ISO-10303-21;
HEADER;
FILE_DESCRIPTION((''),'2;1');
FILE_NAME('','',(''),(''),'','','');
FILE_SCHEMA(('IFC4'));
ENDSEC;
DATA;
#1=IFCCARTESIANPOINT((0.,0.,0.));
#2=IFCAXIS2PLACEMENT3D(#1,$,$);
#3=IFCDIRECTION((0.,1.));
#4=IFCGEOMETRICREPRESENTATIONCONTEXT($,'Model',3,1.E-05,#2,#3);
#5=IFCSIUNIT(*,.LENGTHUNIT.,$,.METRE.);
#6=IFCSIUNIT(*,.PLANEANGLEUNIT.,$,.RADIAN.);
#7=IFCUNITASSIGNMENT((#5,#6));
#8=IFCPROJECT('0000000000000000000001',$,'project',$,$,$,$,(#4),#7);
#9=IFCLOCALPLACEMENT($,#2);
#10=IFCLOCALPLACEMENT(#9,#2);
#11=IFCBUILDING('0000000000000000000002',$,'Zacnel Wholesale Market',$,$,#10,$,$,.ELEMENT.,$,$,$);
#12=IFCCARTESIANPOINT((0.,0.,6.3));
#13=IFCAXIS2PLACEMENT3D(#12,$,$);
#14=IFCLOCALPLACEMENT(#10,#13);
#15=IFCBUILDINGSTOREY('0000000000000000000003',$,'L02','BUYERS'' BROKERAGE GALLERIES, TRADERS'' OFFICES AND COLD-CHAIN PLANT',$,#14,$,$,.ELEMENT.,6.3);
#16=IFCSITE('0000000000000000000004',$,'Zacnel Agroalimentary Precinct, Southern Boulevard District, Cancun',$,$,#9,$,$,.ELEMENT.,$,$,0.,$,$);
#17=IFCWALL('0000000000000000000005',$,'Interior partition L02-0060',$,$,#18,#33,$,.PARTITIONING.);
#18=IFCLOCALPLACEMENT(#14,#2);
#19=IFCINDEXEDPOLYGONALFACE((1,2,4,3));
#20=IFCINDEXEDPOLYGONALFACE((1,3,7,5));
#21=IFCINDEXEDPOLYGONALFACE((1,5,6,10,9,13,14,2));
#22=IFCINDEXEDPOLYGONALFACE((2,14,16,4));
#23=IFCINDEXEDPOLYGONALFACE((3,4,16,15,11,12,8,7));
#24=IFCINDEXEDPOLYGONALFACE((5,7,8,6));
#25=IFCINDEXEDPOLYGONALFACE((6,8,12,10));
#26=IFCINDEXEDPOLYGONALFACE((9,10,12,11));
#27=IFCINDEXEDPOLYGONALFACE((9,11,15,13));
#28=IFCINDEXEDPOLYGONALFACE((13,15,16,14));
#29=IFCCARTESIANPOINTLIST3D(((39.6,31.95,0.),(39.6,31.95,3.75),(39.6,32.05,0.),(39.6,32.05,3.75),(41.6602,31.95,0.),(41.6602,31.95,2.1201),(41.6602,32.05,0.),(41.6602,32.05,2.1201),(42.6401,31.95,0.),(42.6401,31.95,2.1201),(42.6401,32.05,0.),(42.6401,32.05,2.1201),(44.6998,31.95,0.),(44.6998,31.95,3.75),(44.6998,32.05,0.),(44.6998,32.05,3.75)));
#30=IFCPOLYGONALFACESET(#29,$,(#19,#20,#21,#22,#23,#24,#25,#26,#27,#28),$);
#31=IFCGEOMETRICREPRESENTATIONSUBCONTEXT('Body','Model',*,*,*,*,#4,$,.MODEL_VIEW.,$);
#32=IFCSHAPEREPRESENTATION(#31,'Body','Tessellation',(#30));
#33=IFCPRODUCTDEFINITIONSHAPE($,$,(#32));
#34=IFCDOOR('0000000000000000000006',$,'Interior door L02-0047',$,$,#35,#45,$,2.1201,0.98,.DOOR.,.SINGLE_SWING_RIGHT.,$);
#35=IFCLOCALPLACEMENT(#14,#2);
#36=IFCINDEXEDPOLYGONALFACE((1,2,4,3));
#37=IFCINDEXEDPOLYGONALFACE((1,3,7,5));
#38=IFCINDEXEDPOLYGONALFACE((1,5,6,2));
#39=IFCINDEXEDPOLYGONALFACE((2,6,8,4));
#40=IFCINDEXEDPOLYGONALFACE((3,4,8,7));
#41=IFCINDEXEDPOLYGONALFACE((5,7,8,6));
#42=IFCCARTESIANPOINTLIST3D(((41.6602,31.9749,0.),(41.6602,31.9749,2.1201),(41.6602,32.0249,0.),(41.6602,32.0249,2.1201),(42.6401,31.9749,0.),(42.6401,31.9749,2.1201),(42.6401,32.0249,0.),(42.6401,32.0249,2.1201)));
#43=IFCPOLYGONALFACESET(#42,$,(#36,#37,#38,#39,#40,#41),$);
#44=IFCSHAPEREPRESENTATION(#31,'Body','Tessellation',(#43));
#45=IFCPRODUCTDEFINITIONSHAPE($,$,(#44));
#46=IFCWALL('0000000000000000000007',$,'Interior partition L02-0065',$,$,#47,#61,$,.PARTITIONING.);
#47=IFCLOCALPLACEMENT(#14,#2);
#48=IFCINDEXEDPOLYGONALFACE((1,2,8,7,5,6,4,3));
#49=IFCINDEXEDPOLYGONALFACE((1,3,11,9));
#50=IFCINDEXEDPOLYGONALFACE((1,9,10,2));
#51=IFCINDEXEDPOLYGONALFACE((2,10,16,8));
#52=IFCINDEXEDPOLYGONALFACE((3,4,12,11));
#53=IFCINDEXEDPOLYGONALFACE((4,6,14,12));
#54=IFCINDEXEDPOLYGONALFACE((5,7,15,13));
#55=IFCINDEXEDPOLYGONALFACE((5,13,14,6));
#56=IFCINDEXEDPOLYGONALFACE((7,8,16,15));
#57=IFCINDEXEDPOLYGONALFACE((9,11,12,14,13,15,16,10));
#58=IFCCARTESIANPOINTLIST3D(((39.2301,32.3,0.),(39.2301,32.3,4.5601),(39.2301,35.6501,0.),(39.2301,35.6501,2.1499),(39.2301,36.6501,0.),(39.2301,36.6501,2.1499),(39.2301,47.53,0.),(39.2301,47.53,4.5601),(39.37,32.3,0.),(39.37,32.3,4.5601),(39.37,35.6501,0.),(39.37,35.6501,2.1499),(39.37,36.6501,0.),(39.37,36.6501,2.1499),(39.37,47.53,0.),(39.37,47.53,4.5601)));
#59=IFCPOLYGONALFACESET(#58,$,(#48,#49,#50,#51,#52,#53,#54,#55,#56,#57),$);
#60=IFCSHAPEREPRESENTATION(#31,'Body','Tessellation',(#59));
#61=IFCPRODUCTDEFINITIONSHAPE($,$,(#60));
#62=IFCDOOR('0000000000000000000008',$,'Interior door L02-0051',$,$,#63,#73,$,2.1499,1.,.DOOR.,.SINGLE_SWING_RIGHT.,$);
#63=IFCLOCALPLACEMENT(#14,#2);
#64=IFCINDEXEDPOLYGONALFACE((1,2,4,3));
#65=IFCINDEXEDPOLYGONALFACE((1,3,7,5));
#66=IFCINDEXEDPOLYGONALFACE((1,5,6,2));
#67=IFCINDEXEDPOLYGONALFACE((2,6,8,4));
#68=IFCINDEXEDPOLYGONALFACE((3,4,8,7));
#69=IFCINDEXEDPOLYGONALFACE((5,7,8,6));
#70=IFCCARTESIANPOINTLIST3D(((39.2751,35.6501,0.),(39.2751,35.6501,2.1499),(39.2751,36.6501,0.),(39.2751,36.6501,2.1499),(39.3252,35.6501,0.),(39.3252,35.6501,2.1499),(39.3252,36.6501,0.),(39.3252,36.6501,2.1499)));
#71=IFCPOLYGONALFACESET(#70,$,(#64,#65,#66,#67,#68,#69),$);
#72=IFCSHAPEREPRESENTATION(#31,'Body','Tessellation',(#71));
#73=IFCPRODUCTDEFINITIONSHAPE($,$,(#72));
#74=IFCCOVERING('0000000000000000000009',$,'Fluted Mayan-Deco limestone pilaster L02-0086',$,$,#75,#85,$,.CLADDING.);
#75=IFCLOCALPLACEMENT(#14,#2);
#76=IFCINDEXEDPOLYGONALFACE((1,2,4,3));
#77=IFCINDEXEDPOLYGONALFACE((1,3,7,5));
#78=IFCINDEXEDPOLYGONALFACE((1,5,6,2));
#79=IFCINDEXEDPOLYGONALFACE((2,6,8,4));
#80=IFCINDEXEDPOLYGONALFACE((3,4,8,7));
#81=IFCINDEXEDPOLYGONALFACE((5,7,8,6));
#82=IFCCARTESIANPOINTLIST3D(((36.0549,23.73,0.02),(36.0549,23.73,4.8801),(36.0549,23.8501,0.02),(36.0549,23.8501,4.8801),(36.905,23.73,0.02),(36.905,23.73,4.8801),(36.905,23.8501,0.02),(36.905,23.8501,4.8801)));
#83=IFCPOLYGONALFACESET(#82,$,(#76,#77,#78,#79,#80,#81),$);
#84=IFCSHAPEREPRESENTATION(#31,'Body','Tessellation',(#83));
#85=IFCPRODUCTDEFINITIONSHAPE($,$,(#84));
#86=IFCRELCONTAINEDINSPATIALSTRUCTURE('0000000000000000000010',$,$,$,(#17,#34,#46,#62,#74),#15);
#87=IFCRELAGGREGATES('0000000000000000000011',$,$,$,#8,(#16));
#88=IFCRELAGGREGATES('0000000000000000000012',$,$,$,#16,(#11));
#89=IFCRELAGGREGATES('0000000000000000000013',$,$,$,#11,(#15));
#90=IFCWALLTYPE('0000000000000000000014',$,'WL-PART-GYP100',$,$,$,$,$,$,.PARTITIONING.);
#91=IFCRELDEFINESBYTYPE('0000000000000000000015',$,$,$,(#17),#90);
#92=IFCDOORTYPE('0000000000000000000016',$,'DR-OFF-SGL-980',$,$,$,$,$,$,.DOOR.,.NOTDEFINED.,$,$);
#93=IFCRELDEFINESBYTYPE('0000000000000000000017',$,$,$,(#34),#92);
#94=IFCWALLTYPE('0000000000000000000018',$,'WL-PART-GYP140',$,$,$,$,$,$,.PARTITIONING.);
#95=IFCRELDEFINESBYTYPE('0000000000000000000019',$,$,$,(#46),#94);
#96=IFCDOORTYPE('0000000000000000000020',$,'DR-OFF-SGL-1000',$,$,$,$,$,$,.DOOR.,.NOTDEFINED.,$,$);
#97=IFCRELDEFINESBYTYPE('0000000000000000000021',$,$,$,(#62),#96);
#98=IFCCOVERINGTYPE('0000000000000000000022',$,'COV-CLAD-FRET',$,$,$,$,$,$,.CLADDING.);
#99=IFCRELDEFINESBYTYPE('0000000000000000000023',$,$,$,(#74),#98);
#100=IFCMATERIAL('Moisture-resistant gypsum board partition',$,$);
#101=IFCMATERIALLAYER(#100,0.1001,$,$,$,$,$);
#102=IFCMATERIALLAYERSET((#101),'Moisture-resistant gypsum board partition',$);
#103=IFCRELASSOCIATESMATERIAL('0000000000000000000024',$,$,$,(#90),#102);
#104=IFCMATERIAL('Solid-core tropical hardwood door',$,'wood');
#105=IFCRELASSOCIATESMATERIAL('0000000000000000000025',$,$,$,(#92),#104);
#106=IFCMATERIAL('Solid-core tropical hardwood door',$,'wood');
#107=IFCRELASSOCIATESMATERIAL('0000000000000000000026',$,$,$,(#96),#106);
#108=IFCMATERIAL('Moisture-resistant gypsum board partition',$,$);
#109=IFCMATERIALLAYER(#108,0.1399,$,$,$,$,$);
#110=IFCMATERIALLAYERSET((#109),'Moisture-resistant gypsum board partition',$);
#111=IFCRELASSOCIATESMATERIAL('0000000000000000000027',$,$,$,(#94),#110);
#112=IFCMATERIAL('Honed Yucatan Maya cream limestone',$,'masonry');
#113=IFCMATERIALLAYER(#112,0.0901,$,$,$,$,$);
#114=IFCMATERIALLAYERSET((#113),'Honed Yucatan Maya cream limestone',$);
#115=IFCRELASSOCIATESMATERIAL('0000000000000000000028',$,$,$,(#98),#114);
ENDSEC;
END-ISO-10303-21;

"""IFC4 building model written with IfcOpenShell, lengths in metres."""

from ifc_helpers import new_model, si_unit, direction, frame, frame_2d, origin, origin_2d, place, context, subcontext, project, spatial, rectangle, extrude, material, layer, layer_set, type_object, element, fill, save


model = new_model("IFC4")

# Units and contexts
model_context = context("Model", 3, precision=1e-05, world=origin(), true_north=direction((0.0, 1.0)))
body_context = subcontext(model_context, "Body", "Model", "MODEL_VIEW")
ifc_project = project(units=[si_unit("LENGTHUNIT", "METRE"), si_unit("PLANEANGLEUNIT", "RADIAN")], contexts=[model_context])

# Site, building, storey
site_placement = place(None, origin())
site = spatial("IfcSite", under=ifc_project, at=site_placement, Name="Zacnel Agroalimentary Precinct, Southern Boulevard District, Cancun", CompositionType="ELEMENT", RefElevation=0.0)
building_placement = place(site_placement, origin())
building = spatial("IfcBuilding", under=site, at=building_placement, Name="Zacnel Wholesale Market", CompositionType="ELEMENT")
storey_placement = place(building_placement, frame((0.0, 0.0, 6.3)))
storey = spatial("IfcBuildingStorey", under=building, at=storey_placement, Name="L02", Description="BUYERS' BROKERAGE GALLERIES, TRADERS' OFFICES AND COLD-CHAIN PLANT", CompositionType="ELEMENT", Elevation=6.3)

# Walls, openings, doors
ifc_material_1 = material(Name="Moisture-resistant gypsum board partition")
ifc_layer_1 = layer(ifc_material_1, 0.1001)
ifc_layer_set_1 = layer_set([ifc_layer_1], Name="Moisture-resistant gypsum board partition")
wall_type_1 = type_object("IfcWallType", Name="WL-PART-GYP100", PredefinedType="PARTITIONING", material=ifc_layer_set_1)
wall_1_placement = place(storey_placement, frame((39.6001, 32.0, 0.0), z_axis=(0.0, 0.0, 1.0), x_axis=(1.0, 0.0, 0.0)))
wall_1 = element("IfcWall", 1, at=wall_1_placement, inside=storey, type_object=wall_type_1, Name="Interior partition L02-0060", PredefinedType="PARTITIONING", context=body_context, shape_type="SweptSolid", body=[
    extrude(rectangle(XDim=5.0999, YDim=0.1001, at=frame_2d((2.5498, 0.0))), origin(), (0.0, 0.0, 1.0), 3.75),
])
opening_1_placement = place(wall_1_placement, frame((2.0601, 0.0, 0.0)))
opening_1 = element("IfcOpeningElement", 2, at=opening_1_placement, cuts=wall_1, PredefinedType="OPENING", context=body_context, shape_type="SweptSolid", body=[
    extrude(rectangle(XDim=0.98, YDim=2.1201, at=frame_2d((0.49, 1.0601))), frame((0.0, 0.0601, 0.0), z_axis=(0.0, -1.0, 0.0), x_axis=(1.0, 0.0, 0.0)), (0.0, 0.0, 1.0), 0.1201),
])
ifc_material_2 = material(Name="Solid-core tropical hardwood door", Category="wood")
door_type_1 = type_object("IfcDoorType", Name="DR-OFF-SGL-980", OperationType="NOTDEFINED", PredefinedType="DOOR", material=ifc_material_2)
door_1_placement = place(opening_1_placement, origin())
door_1 = element("IfcDoor", 3, at=door_1_placement, inside=storey, type_object=door_type_1, Name="Interior door L02-0047", OperationType="SINGLE_SWING_RIGHT", OverallHeight=2.1201, OverallWidth=0.98, PredefinedType="DOOR", context=body_context, shape_type="SweptSolid", body=[
    extrude(rectangle(XDim=0.98, YDim=2.1201, at=frame_2d((0.49, 1.0601))), frame((0.0, 0.0249, 0.0), z_axis=(0.0, -1.0, 0.0), x_axis=(1.0, 0.0, 0.0)), (0.0, 0.0, 1.0), 0.05),
])
fill(opening_1, door_1)
ifc_material_3 = material(Name="Solid-core tropical hardwood door", Category="wood")
door_type_2 = type_object("IfcDoorType", Name="DR-OFF-SGL-1000", OperationType="NOTDEFINED", PredefinedType="DOOR", material=ifc_material_3)
ifc_material_4 = material(Name="Moisture-resistant gypsum board partition")
ifc_layer_2 = layer(ifc_material_4, 0.1399)
ifc_layer_set_2 = layer_set([ifc_layer_2], Name="Moisture-resistant gypsum board partition")
wall_type_2 = type_object("IfcWallType", Name="WL-PART-GYP140", PredefinedType="PARTITIONING", material=ifc_layer_set_2)
wall_2_placement = place(storey_placement, frame((39.3, 32.3, 0.0), z_axis=(0.0, 0.0, 1.0), x_axis=(0.0, 1.0, 0.0)))
wall_2 = element("IfcWall", 4, at=wall_2_placement, inside=storey, type_object=wall_type_2, Name="Interior partition L02-0065", PredefinedType="PARTITIONING", context=body_context, shape_type="SweptSolid", body=[
    extrude(rectangle(XDim=15.23, YDim=0.1399, at=frame_2d((7.615, 0.0))), origin(), (0.0, 0.0, 1.0), 4.5601),
])
opening_2_placement = place(wall_2_placement, frame((3.3501, 0.0, 0.0)))
opening_2 = element("IfcOpeningElement", 5, at=opening_2_placement, cuts=wall_2, PredefinedType="OPENING", context=body_context, shape_type="SweptSolid", body=[
    extrude(rectangle(XDim=1.0, YDim=2.1499, at=frame_2d((0.5, 1.075))), frame((0.0, 0.0798, 0.0), z_axis=(0.0, -1.0, 0.0), x_axis=(1.0, 0.0, 0.0)), (0.0, 0.0, 1.0), 0.1599),
])
door_2_placement = place(opening_2_placement, origin())
door_2 = element("IfcDoor", 6, at=door_2_placement, inside=storey, type_object=door_type_2, Name="Interior door L02-0051", OperationType="SINGLE_SWING_RIGHT", OverallHeight=2.1499, OverallWidth=1.0, PredefinedType="DOOR", context=body_context, shape_type="SweptSolid", body=[
    extrude(rectangle(XDim=1.0, YDim=2.1499, at=frame_2d((0.5, 1.075))), frame((0.0, 0.0249, 0.0), z_axis=(0.0, -1.0, 0.0), x_axis=(1.0, 0.0, 0.0)), (0.0, 0.0, 1.0), 0.05),
])
fill(opening_2, door_2)

# Covering
ifc_material_5 = material(Name="Honed Yucatan Maya cream limestone", Category="masonry")
ifc_layer_3 = layer(ifc_material_5, 0.0901)
ifc_layer_set_3 = layer_set([ifc_layer_3], Name="Honed Yucatan Maya cream limestone")
covering_type = type_object("IfcCoveringType", Name="COV-CLAD-FRET", PredefinedType="CLADDING", material=ifc_layer_set_3)
covering_placement = place(storey_placement, frame((36.48, 23.79, 0.02), z_axis=(0.0, 0.0, 1.0), x_axis=(1.0, 0.0, 0.0)))
element("IfcCovering", 7, at=covering_placement, inside=storey, type_object=covering_type, Name="Fluted Mayan-Deco limestone pilaster L02-0086", PredefinedType="CLADDING", context=body_context, shape_type="SweptSolid", body=[
    extrude(rectangle(XDim=0.8501, YDim=0.1201, at=origin_2d()), origin(), (0.0, 0.0, 1.0), 4.8601),
])

save(model, "model.ifc")
